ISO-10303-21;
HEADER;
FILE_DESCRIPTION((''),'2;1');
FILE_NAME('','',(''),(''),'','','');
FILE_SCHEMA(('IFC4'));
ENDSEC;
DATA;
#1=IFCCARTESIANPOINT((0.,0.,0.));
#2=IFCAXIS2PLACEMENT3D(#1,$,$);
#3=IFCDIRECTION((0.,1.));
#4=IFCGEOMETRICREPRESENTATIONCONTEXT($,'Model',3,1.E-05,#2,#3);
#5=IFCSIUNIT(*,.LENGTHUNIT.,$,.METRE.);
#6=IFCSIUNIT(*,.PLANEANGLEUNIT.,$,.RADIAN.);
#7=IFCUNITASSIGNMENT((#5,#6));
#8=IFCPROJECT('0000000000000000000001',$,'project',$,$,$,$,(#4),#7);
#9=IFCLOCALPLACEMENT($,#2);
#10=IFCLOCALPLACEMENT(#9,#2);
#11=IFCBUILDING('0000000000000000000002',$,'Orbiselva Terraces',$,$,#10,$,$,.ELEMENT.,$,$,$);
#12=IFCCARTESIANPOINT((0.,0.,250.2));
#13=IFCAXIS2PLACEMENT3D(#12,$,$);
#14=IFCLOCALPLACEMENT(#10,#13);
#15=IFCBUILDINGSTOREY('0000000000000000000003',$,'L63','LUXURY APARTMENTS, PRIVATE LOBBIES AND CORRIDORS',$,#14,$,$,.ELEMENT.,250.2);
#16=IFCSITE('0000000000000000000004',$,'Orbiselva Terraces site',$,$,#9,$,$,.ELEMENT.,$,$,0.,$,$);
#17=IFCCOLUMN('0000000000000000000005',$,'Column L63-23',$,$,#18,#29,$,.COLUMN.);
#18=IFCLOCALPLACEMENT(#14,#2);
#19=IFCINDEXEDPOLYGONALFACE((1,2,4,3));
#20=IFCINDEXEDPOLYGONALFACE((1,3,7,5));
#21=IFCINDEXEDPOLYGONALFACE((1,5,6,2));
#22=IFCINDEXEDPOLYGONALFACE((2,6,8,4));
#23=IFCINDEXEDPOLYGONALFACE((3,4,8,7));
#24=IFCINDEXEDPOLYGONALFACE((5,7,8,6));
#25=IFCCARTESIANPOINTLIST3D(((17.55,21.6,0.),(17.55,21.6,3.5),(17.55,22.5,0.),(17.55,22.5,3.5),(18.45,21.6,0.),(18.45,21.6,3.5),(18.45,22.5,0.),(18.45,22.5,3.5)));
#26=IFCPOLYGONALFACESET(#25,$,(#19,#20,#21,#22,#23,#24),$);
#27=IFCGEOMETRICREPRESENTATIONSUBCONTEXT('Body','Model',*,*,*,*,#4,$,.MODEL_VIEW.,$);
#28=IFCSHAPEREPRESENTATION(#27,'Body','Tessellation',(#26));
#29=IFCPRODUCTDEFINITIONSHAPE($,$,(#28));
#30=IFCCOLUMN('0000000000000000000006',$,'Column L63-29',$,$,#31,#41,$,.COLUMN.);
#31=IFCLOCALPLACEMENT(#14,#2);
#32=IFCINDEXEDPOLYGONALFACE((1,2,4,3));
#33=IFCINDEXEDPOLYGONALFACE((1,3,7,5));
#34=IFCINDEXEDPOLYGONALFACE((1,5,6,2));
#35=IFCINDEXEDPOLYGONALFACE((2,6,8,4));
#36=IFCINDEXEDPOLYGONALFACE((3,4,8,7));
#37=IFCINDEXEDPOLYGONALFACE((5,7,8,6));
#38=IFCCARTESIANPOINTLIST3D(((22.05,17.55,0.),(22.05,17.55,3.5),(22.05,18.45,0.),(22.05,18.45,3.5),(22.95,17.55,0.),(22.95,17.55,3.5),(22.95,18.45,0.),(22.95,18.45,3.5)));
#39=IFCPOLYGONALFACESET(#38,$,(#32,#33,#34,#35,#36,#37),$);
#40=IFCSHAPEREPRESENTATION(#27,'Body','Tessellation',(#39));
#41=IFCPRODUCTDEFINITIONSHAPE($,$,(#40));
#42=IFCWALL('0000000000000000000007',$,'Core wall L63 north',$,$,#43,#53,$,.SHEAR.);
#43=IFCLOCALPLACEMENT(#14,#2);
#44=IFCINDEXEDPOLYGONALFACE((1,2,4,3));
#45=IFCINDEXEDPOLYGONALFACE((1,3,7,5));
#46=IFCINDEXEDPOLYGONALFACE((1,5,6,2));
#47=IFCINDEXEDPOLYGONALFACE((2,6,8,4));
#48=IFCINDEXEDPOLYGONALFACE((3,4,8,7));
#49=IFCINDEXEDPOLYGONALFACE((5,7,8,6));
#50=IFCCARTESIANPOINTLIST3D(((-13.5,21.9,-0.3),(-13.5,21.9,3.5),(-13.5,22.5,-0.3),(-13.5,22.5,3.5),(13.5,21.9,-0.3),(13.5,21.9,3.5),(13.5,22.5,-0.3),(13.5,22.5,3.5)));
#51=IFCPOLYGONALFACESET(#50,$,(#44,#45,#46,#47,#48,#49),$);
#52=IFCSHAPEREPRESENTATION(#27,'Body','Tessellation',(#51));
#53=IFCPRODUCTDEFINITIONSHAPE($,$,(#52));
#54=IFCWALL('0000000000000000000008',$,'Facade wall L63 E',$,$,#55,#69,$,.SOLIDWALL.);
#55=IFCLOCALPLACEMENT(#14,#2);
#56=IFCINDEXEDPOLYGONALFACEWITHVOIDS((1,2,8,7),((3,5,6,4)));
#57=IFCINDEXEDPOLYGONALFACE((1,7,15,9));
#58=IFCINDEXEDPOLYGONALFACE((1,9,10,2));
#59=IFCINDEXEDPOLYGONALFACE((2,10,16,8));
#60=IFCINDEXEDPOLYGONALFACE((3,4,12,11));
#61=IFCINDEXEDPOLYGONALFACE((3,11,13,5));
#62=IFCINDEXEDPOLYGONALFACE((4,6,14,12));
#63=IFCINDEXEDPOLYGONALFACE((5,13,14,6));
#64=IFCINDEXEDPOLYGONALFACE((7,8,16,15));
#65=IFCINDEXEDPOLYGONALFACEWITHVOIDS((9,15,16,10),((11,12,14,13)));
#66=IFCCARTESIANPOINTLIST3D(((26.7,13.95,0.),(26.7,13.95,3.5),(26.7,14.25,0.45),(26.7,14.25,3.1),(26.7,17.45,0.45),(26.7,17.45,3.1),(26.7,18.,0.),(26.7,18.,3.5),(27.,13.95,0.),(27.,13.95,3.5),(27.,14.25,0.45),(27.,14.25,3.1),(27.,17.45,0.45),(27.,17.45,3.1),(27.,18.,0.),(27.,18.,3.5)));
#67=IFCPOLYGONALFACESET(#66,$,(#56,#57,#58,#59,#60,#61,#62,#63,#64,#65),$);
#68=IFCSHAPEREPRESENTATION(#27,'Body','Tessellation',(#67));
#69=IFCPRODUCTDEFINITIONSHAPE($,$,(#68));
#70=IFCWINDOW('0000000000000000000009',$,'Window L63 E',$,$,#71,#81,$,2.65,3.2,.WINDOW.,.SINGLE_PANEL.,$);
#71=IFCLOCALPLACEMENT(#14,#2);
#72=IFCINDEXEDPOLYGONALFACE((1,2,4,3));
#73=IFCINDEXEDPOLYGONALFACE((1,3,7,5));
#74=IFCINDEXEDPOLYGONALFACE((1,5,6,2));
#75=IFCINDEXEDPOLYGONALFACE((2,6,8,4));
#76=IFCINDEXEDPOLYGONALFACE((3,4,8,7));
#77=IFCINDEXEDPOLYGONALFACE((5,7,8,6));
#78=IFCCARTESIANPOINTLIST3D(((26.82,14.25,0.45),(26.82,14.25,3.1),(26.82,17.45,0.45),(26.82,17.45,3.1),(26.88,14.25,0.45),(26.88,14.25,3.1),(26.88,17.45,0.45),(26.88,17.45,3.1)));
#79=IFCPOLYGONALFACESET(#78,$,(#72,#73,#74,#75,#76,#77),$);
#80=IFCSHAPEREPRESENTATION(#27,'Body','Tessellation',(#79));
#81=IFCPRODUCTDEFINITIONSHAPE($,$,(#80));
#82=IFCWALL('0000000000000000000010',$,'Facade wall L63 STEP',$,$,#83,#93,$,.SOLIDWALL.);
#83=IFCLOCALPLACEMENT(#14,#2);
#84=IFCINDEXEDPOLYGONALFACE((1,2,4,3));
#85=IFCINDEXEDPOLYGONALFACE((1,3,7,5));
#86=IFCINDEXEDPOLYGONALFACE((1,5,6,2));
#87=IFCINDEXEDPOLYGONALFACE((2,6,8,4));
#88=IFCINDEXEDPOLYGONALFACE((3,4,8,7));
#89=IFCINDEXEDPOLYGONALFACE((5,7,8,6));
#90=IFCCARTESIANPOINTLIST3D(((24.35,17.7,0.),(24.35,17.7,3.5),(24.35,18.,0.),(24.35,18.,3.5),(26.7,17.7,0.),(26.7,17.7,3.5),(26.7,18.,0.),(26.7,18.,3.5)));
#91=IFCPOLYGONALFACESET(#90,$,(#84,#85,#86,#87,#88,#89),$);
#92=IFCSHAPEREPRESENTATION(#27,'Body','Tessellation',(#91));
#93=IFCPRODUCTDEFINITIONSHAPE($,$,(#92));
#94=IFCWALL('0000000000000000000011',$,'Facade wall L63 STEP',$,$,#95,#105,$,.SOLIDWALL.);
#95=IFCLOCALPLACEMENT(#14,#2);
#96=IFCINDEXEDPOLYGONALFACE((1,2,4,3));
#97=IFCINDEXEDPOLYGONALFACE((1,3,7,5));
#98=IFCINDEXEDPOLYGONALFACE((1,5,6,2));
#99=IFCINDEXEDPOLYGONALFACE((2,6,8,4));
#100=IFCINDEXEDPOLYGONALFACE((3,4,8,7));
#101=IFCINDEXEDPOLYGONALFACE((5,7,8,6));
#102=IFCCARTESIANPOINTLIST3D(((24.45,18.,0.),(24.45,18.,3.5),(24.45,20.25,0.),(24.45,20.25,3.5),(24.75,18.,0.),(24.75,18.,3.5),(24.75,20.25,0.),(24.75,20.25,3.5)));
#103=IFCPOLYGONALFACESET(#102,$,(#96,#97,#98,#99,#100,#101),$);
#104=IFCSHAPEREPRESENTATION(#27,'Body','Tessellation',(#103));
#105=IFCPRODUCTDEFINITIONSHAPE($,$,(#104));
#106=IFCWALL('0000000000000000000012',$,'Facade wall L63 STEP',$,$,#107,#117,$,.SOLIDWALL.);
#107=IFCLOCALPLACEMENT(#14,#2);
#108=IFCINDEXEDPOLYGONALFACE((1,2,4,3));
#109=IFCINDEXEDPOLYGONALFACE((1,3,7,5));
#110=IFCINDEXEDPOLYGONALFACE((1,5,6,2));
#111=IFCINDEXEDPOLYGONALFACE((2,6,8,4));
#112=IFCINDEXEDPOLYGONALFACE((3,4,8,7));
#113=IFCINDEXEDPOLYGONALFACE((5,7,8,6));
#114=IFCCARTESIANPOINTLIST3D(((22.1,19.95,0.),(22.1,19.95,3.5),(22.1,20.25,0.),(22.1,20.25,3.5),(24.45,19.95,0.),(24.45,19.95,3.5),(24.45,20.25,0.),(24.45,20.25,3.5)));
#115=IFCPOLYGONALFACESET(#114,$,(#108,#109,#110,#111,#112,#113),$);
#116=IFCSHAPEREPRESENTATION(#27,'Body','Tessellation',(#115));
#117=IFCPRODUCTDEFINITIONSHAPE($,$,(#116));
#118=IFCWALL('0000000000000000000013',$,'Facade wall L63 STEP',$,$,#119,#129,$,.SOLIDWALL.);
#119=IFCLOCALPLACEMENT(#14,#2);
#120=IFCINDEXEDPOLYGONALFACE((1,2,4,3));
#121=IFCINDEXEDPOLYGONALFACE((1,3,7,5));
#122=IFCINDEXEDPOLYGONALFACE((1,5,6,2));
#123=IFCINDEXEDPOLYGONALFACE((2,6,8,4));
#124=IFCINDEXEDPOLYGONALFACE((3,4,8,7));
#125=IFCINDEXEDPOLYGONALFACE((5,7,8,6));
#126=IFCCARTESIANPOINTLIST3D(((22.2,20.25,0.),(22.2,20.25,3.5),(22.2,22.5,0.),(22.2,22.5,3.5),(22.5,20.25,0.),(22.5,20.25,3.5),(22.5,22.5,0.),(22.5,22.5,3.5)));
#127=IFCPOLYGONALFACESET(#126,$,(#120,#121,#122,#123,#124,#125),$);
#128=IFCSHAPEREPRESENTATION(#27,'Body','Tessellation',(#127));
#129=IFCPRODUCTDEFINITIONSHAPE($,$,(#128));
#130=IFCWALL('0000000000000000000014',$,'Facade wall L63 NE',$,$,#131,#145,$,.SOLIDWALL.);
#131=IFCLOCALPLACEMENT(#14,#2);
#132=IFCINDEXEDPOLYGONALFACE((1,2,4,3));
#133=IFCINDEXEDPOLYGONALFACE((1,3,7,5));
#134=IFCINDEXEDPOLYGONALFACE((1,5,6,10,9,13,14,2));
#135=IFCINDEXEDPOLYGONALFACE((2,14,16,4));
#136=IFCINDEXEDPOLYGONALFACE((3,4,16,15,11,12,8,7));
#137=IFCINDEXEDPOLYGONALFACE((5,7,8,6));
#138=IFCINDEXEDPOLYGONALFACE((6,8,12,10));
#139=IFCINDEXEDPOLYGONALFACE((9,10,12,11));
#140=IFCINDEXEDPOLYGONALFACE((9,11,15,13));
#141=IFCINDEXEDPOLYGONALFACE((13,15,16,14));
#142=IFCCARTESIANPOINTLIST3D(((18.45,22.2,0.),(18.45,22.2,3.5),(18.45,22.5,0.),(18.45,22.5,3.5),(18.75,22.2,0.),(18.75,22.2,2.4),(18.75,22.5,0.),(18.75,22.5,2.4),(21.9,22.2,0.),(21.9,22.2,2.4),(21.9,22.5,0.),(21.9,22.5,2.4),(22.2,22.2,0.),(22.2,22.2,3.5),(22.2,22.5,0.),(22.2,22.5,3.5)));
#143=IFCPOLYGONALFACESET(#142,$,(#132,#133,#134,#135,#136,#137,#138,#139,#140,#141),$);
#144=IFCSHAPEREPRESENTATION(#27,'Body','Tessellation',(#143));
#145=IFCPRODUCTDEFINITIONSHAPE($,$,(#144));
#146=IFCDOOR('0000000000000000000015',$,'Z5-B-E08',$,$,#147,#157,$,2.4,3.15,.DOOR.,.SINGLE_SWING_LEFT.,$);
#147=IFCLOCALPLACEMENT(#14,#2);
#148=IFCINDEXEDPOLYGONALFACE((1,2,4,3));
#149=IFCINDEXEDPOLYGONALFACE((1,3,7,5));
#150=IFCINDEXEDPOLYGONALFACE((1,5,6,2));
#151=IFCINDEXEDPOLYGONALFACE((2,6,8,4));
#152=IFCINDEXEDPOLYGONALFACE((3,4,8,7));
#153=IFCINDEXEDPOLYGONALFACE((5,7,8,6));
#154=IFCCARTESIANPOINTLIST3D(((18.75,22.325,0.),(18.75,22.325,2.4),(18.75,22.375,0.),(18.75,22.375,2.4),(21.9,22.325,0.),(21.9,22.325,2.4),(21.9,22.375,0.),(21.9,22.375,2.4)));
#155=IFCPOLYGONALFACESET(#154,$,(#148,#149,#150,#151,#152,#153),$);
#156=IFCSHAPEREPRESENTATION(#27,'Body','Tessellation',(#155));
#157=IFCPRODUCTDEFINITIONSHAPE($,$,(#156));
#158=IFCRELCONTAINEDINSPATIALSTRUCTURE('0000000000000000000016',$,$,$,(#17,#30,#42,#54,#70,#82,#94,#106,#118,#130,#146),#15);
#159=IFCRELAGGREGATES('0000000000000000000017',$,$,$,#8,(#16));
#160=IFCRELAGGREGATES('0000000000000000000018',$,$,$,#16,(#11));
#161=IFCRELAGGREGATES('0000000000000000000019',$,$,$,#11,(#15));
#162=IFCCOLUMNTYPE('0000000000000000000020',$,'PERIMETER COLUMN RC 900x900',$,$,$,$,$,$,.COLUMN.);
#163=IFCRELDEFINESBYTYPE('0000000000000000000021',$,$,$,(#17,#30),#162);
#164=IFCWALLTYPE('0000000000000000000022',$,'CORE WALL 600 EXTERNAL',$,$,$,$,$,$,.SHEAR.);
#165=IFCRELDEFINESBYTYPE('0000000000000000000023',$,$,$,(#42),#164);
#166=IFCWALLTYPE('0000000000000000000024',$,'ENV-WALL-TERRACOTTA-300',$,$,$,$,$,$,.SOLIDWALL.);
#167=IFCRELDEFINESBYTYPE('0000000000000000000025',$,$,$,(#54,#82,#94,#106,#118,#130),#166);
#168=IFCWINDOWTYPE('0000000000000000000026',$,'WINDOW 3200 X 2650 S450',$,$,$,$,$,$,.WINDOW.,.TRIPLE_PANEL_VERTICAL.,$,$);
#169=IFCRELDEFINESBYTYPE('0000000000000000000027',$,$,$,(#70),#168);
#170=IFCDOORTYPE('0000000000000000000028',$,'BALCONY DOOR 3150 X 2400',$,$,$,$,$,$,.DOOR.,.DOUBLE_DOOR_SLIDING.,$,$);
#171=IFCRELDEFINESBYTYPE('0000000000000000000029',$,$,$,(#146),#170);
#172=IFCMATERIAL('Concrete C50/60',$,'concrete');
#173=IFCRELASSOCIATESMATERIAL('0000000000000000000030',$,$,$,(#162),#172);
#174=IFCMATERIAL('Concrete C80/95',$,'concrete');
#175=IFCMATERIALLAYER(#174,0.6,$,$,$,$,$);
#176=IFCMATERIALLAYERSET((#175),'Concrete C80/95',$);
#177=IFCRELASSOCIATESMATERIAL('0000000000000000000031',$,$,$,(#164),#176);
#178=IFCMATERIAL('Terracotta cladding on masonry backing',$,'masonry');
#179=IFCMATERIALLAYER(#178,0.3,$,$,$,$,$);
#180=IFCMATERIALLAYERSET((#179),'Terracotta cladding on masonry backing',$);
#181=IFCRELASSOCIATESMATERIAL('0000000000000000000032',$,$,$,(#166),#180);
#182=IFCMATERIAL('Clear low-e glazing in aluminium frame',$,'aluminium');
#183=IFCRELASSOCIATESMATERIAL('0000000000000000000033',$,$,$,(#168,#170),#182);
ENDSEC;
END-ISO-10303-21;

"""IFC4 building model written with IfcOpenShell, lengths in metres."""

from ifc_helpers import new_model, si_unit, direction, frame, frame_2d, origin, origin_2d, place, context, subcontext, project, spatial, rectangle, extrude, material, layer, layer_set, material_profile, profile_set, type_object, element, fill, save


model = new_model("IFC4")

# Units and contexts
model_context = context("Model", 3, precision=1e-05, world=origin(), true_north=direction((0.0, 1.0)))
body_context = subcontext(model_context, "Body", "Model", "MODEL_VIEW")
ifc_project = project(units=[si_unit("LENGTHUNIT", "METRE"), si_unit("PLANEANGLEUNIT", "RADIAN")], contexts=[model_context])

# Site, building, storey
site_placement = place(None, origin())
site = spatial("IfcSite", under=ifc_project, at=site_placement, Name="Orbiselva Terraces site", CompositionType="ELEMENT", RefElevation=0.0)
building_placement = place(site_placement, origin())
building = spatial("IfcBuilding", under=site, at=building_placement, Name="Orbiselva Terraces", CompositionType="ELEMENT")
storey_placement = place(building_placement, frame((0.0, 0.0, 250.2)))
storey = spatial("IfcBuildingStorey", under=building, at=storey_placement, Name="L63", Description="LUXURY APARTMENTS, PRIVATE LOBBIES AND CORRIDORS", CompositionType="ELEMENT", Elevation=250.2)

# Columns
ifc_material_1 = material(Name="Concrete C50/60", Category="concrete")
ifc_material_profile = material_profile(ifc_material_1, rectangle(XDim=0.9, YDim=0.9, at=origin_2d()), Name="RC 900x900")
ifc_profile_set = profile_set([ifc_material_profile], Name="Concrete C50/60")
column_type = type_object("IfcColumnType", Name="PERIMETER COLUMN RC 900x900", PredefinedType="COLUMN", material=ifc_profile_set)
for number, where, z_axis, x_axis, name in (
    (1, (18.0, 22.05, 0.0), (0.0, 0.0, 1.0), (1.0, 0.0, 0.0), "Column L63-23"),
    (2, (22.5, 18.0, 0.0), (0.0, 0.0, 1.0), (1.0, 0.0, 0.0), "Column L63-29"),
):
    element("IfcColumn", number, at=place(storey_placement, frame(where, z_axis=z_axis, x_axis=x_axis)), inside=storey, type_object=column_type, Name=name, PredefinedType="COLUMN", context=body_context, shape_type="SweptSolid", body=[
        extrude(rectangle(XDim=0.9, YDim=0.9, at=origin_2d()), origin(), (0.0, 0.0, 1.0), 3.5),
    ])

# Wall
ifc_material_2 = material(Name="Concrete C80/95", Category="concrete")
ifc_layer_1 = layer(ifc_material_2, 0.6)
ifc_layer_set_1 = layer_set([ifc_layer_1], Name="Concrete C80/95")
wall_type_1 = type_object("IfcWallType", Name="CORE WALL 600 EXTERNAL", PredefinedType="SHEAR", material=ifc_layer_set_1)
wall_1_placement = place(storey_placement, frame((13.5, 22.2, -0.3), z_axis=(0.0, 0.0, 1.0), x_axis=(-1.0, 0.0, 0.0)))
element("IfcWall", 3, at=wall_1_placement, inside=storey, type_object=wall_type_1, Name="Core wall L63 north", PredefinedType="SHEAR", context=body_context, shape_type="SweptSolid", body=[
    extrude(rectangle(XDim=27.0, YDim=0.6, at=frame_2d((13.5, 0.0))), origin(), (0.0, 0.0, 1.0), 3.8),
])

# Wall, opening, window
ifc_material_3 = material(Name="Terracotta cladding on masonry backing", Category="masonry")
ifc_layer_2 = layer(ifc_material_3, 0.3)
ifc_layer_set_2 = layer_set([ifc_layer_2], Name="Terracotta cladding on masonry backing")
wall_type_2 = type_object("IfcWallType", Name="ENV-WALL-TERRACOTTA-300", PredefinedType="SOLIDWALL", material=ifc_layer_set_2)
wall_2_placement = place(storey_placement, frame((26.85, 18.0, 0.0), z_axis=(0.0, 0.0, 1.0), x_axis=(0.0, -1.0, 0.0)))
wall_2 = element("IfcWall", 4, at=wall_2_placement, inside=storey, type_object=wall_type_2, Name="Facade wall L63 E", PredefinedType="SOLIDWALL", context=body_context, shape_type="SweptSolid", body=[
    extrude(rectangle(XDim=4.05, YDim=0.3, at=frame_2d((2.025, 0.0))), origin(), (0.0, 0.0, 1.0), 3.5),
])
opening_1_placement = place(wall_2_placement, frame((0.55, 0.0, 0.45)))
opening_1 = element("IfcOpeningElement", 5, at=opening_1_placement, cuts=wall_2, PredefinedType="OPENING", context=body_context, shape_type="SweptSolid", body=[
    extrude(rectangle(XDim=3.2, YDim=2.65, at=frame_2d((1.6, 1.325))), frame((0.0, 0.16, 0.0), z_axis=(0.0, -1.0, 0.0), x_axis=(1.0, 0.0, 0.0)), (0.0, 0.0, 1.0), 0.32),
])
ifc_material_4 = material(Name="Clear low-e glazing in aluminium frame", Category="aluminium")
window_type = type_object("IfcWindowType", Name="WINDOW 3200 X 2650 S450", PartitioningType="TRIPLE_PANEL_VERTICAL", PredefinedType="WINDOW", material=ifc_material_4)
window_1_placement = place(opening_1_placement, origin())
window_1 = element("IfcWindow", 6, at=window_1_placement, inside=storey, type_object=window_type, Name="Window L63 E", OverallHeight=2.65, OverallWidth=3.2, PartitioningType="SINGLE_PANEL", PredefinedType="WINDOW", context=body_context, shape_type="SweptSolid", body=[
    extrude(rectangle(XDim=3.2, YDim=2.65, at=frame_2d((1.6, 1.325))), frame((0.0, 0.03, 0.0), z_axis=(0.0, -1.0, 0.0), x_axis=(1.0, 0.0, 0.0)), (0.0, 0.0, 1.0), 0.06),
])
fill(opening_1, window_1)

# Walls
wall_3_placement = place(storey_placement, frame((24.35, 17.85, 0.0), z_axis=(0.0, 0.0, 1.0), x_axis=(1.0, 0.0, 0.0)))
element("IfcWall", 7, at=wall_3_placement, inside=storey, type_object=wall_type_2, Name="Facade wall L63 STEP", PredefinedType="SOLIDWALL", context=body_context, shape_type="SweptSolid", body=[
    extrude(rectangle(XDim=2.35, YDim=0.3, at=frame_2d((1.175, 0.0))), origin(), (0.0, 0.0, 1.0), 3.5),
])
wall_4_placement = place(storey_placement, frame((24.6, 20.25, 0.0), z_axis=(0.0, 0.0, 1.0), x_axis=(0.0, -1.0, 0.0)))
element("IfcWall", 8, at=wall_4_placement, inside=storey, type_object=wall_type_2, Name="Facade wall L63 STEP", PredefinedType="SOLIDWALL", context=body_context, shape_type="SweptSolid", body=[
    extrude(rectangle(XDim=2.25, YDim=0.3, at=frame_2d((1.125, 0.0))), origin(), (0.0, 0.0, 1.0), 3.5),
])
wall_5_placement = place(storey_placement, frame((22.1, 20.1, 0.0), z_axis=(0.0, 0.0, 1.0), x_axis=(1.0, 0.0, 0.0)))
element("IfcWall", 9, at=wall_5_placement, inside=storey, type_object=wall_type_2, Name="Facade wall L63 STEP", PredefinedType="SOLIDWALL", context=body_context, shape_type="SweptSolid", body=[
    extrude(rectangle(XDim=2.35, YDim=0.3, at=frame_2d((1.175, 0.0))), origin(), (0.0, 0.0, 1.0), 3.5),
])
wall_6_placement = place(storey_placement, frame((22.35, 22.5, 0.0), z_axis=(0.0, 0.0, 1.0), x_axis=(0.0, -1.0, 0.0)))
element("IfcWall", 10, at=wall_6_placement, inside=storey, type_object=wall_type_2, Name="Facade wall L63 STEP", PredefinedType="SOLIDWALL", context=body_context, shape_type="SweptSolid", body=[
    extrude(rectangle(XDim=2.25, YDim=0.3, at=frame_2d((1.125, 0.0))), origin(), (0.0, 0.0, 1.0), 3.5),
])

# Wall, opening, door
wall_7_placement = place(storey_placement, frame((18.45, 22.35, 0.0), z_axis=(0.0, 0.0, 1.0), x_axis=(1.0, 0.0, 0.0)))
wall_7 = element("IfcWall", 11, at=wall_7_placement, inside=storey, type_object=wall_type_2, Name="Facade wall L63 NE", PredefinedType="SOLIDWALL", context=body_context, shape_type="SweptSolid", body=[
    extrude(rectangle(XDim=3.75, YDim=0.3, at=frame_2d((1.875, 0.0))), origin(), (0.0, 0.0, 1.0), 3.5),
])
opening_2_placement = place(wall_7_placement, frame((0.3, 0.0, 0.0)))
opening_2 = element("IfcOpeningElement", 12, at=opening_2_placement, cuts=wall_7, PredefinedType="OPENING", context=body_context, shape_type="SweptSolid", body=[
    extrude(rectangle(XDim=3.15, YDim=2.4, at=frame_2d((1.575, 1.2))), frame((0.0, 0.16, 0.0), z_axis=(0.0, -1.0, 0.0), x_axis=(1.0, 0.0, 0.0)), (0.0, 0.0, 1.0), 0.32),
])
door_type_1 = type_object("IfcDoorType", Name="BALCONY DOOR 3150 X 2400", OperationType="DOUBLE_DOOR_SLIDING", PredefinedType="DOOR", material=ifc_material_4)
door_1_placement = place(opening_2_placement, origin())
door_1 = element("IfcDoor", 13, at=door_1_placement, inside=storey, type_object=door_type_1, Name="Z5-B-E08", OperationType="SINGLE_SWING_LEFT", OverallHeight=2.4, OverallWidth=3.15, PredefinedType="DOOR", context=body_context, shape_type="SweptSolid", body=[
    extrude(rectangle(XDim=3.15, YDim=2.4, at=frame_2d((1.575, 1.2))), frame((0.0, 0.025, 0.0), z_axis=(0.0, -1.0, 0.0), x_axis=(1.0, 0.0, 0.0)), (0.0, 0.0, 1.0), 0.05),
])
fill(opening_2, door_1)

save(model, "model.ifc")
